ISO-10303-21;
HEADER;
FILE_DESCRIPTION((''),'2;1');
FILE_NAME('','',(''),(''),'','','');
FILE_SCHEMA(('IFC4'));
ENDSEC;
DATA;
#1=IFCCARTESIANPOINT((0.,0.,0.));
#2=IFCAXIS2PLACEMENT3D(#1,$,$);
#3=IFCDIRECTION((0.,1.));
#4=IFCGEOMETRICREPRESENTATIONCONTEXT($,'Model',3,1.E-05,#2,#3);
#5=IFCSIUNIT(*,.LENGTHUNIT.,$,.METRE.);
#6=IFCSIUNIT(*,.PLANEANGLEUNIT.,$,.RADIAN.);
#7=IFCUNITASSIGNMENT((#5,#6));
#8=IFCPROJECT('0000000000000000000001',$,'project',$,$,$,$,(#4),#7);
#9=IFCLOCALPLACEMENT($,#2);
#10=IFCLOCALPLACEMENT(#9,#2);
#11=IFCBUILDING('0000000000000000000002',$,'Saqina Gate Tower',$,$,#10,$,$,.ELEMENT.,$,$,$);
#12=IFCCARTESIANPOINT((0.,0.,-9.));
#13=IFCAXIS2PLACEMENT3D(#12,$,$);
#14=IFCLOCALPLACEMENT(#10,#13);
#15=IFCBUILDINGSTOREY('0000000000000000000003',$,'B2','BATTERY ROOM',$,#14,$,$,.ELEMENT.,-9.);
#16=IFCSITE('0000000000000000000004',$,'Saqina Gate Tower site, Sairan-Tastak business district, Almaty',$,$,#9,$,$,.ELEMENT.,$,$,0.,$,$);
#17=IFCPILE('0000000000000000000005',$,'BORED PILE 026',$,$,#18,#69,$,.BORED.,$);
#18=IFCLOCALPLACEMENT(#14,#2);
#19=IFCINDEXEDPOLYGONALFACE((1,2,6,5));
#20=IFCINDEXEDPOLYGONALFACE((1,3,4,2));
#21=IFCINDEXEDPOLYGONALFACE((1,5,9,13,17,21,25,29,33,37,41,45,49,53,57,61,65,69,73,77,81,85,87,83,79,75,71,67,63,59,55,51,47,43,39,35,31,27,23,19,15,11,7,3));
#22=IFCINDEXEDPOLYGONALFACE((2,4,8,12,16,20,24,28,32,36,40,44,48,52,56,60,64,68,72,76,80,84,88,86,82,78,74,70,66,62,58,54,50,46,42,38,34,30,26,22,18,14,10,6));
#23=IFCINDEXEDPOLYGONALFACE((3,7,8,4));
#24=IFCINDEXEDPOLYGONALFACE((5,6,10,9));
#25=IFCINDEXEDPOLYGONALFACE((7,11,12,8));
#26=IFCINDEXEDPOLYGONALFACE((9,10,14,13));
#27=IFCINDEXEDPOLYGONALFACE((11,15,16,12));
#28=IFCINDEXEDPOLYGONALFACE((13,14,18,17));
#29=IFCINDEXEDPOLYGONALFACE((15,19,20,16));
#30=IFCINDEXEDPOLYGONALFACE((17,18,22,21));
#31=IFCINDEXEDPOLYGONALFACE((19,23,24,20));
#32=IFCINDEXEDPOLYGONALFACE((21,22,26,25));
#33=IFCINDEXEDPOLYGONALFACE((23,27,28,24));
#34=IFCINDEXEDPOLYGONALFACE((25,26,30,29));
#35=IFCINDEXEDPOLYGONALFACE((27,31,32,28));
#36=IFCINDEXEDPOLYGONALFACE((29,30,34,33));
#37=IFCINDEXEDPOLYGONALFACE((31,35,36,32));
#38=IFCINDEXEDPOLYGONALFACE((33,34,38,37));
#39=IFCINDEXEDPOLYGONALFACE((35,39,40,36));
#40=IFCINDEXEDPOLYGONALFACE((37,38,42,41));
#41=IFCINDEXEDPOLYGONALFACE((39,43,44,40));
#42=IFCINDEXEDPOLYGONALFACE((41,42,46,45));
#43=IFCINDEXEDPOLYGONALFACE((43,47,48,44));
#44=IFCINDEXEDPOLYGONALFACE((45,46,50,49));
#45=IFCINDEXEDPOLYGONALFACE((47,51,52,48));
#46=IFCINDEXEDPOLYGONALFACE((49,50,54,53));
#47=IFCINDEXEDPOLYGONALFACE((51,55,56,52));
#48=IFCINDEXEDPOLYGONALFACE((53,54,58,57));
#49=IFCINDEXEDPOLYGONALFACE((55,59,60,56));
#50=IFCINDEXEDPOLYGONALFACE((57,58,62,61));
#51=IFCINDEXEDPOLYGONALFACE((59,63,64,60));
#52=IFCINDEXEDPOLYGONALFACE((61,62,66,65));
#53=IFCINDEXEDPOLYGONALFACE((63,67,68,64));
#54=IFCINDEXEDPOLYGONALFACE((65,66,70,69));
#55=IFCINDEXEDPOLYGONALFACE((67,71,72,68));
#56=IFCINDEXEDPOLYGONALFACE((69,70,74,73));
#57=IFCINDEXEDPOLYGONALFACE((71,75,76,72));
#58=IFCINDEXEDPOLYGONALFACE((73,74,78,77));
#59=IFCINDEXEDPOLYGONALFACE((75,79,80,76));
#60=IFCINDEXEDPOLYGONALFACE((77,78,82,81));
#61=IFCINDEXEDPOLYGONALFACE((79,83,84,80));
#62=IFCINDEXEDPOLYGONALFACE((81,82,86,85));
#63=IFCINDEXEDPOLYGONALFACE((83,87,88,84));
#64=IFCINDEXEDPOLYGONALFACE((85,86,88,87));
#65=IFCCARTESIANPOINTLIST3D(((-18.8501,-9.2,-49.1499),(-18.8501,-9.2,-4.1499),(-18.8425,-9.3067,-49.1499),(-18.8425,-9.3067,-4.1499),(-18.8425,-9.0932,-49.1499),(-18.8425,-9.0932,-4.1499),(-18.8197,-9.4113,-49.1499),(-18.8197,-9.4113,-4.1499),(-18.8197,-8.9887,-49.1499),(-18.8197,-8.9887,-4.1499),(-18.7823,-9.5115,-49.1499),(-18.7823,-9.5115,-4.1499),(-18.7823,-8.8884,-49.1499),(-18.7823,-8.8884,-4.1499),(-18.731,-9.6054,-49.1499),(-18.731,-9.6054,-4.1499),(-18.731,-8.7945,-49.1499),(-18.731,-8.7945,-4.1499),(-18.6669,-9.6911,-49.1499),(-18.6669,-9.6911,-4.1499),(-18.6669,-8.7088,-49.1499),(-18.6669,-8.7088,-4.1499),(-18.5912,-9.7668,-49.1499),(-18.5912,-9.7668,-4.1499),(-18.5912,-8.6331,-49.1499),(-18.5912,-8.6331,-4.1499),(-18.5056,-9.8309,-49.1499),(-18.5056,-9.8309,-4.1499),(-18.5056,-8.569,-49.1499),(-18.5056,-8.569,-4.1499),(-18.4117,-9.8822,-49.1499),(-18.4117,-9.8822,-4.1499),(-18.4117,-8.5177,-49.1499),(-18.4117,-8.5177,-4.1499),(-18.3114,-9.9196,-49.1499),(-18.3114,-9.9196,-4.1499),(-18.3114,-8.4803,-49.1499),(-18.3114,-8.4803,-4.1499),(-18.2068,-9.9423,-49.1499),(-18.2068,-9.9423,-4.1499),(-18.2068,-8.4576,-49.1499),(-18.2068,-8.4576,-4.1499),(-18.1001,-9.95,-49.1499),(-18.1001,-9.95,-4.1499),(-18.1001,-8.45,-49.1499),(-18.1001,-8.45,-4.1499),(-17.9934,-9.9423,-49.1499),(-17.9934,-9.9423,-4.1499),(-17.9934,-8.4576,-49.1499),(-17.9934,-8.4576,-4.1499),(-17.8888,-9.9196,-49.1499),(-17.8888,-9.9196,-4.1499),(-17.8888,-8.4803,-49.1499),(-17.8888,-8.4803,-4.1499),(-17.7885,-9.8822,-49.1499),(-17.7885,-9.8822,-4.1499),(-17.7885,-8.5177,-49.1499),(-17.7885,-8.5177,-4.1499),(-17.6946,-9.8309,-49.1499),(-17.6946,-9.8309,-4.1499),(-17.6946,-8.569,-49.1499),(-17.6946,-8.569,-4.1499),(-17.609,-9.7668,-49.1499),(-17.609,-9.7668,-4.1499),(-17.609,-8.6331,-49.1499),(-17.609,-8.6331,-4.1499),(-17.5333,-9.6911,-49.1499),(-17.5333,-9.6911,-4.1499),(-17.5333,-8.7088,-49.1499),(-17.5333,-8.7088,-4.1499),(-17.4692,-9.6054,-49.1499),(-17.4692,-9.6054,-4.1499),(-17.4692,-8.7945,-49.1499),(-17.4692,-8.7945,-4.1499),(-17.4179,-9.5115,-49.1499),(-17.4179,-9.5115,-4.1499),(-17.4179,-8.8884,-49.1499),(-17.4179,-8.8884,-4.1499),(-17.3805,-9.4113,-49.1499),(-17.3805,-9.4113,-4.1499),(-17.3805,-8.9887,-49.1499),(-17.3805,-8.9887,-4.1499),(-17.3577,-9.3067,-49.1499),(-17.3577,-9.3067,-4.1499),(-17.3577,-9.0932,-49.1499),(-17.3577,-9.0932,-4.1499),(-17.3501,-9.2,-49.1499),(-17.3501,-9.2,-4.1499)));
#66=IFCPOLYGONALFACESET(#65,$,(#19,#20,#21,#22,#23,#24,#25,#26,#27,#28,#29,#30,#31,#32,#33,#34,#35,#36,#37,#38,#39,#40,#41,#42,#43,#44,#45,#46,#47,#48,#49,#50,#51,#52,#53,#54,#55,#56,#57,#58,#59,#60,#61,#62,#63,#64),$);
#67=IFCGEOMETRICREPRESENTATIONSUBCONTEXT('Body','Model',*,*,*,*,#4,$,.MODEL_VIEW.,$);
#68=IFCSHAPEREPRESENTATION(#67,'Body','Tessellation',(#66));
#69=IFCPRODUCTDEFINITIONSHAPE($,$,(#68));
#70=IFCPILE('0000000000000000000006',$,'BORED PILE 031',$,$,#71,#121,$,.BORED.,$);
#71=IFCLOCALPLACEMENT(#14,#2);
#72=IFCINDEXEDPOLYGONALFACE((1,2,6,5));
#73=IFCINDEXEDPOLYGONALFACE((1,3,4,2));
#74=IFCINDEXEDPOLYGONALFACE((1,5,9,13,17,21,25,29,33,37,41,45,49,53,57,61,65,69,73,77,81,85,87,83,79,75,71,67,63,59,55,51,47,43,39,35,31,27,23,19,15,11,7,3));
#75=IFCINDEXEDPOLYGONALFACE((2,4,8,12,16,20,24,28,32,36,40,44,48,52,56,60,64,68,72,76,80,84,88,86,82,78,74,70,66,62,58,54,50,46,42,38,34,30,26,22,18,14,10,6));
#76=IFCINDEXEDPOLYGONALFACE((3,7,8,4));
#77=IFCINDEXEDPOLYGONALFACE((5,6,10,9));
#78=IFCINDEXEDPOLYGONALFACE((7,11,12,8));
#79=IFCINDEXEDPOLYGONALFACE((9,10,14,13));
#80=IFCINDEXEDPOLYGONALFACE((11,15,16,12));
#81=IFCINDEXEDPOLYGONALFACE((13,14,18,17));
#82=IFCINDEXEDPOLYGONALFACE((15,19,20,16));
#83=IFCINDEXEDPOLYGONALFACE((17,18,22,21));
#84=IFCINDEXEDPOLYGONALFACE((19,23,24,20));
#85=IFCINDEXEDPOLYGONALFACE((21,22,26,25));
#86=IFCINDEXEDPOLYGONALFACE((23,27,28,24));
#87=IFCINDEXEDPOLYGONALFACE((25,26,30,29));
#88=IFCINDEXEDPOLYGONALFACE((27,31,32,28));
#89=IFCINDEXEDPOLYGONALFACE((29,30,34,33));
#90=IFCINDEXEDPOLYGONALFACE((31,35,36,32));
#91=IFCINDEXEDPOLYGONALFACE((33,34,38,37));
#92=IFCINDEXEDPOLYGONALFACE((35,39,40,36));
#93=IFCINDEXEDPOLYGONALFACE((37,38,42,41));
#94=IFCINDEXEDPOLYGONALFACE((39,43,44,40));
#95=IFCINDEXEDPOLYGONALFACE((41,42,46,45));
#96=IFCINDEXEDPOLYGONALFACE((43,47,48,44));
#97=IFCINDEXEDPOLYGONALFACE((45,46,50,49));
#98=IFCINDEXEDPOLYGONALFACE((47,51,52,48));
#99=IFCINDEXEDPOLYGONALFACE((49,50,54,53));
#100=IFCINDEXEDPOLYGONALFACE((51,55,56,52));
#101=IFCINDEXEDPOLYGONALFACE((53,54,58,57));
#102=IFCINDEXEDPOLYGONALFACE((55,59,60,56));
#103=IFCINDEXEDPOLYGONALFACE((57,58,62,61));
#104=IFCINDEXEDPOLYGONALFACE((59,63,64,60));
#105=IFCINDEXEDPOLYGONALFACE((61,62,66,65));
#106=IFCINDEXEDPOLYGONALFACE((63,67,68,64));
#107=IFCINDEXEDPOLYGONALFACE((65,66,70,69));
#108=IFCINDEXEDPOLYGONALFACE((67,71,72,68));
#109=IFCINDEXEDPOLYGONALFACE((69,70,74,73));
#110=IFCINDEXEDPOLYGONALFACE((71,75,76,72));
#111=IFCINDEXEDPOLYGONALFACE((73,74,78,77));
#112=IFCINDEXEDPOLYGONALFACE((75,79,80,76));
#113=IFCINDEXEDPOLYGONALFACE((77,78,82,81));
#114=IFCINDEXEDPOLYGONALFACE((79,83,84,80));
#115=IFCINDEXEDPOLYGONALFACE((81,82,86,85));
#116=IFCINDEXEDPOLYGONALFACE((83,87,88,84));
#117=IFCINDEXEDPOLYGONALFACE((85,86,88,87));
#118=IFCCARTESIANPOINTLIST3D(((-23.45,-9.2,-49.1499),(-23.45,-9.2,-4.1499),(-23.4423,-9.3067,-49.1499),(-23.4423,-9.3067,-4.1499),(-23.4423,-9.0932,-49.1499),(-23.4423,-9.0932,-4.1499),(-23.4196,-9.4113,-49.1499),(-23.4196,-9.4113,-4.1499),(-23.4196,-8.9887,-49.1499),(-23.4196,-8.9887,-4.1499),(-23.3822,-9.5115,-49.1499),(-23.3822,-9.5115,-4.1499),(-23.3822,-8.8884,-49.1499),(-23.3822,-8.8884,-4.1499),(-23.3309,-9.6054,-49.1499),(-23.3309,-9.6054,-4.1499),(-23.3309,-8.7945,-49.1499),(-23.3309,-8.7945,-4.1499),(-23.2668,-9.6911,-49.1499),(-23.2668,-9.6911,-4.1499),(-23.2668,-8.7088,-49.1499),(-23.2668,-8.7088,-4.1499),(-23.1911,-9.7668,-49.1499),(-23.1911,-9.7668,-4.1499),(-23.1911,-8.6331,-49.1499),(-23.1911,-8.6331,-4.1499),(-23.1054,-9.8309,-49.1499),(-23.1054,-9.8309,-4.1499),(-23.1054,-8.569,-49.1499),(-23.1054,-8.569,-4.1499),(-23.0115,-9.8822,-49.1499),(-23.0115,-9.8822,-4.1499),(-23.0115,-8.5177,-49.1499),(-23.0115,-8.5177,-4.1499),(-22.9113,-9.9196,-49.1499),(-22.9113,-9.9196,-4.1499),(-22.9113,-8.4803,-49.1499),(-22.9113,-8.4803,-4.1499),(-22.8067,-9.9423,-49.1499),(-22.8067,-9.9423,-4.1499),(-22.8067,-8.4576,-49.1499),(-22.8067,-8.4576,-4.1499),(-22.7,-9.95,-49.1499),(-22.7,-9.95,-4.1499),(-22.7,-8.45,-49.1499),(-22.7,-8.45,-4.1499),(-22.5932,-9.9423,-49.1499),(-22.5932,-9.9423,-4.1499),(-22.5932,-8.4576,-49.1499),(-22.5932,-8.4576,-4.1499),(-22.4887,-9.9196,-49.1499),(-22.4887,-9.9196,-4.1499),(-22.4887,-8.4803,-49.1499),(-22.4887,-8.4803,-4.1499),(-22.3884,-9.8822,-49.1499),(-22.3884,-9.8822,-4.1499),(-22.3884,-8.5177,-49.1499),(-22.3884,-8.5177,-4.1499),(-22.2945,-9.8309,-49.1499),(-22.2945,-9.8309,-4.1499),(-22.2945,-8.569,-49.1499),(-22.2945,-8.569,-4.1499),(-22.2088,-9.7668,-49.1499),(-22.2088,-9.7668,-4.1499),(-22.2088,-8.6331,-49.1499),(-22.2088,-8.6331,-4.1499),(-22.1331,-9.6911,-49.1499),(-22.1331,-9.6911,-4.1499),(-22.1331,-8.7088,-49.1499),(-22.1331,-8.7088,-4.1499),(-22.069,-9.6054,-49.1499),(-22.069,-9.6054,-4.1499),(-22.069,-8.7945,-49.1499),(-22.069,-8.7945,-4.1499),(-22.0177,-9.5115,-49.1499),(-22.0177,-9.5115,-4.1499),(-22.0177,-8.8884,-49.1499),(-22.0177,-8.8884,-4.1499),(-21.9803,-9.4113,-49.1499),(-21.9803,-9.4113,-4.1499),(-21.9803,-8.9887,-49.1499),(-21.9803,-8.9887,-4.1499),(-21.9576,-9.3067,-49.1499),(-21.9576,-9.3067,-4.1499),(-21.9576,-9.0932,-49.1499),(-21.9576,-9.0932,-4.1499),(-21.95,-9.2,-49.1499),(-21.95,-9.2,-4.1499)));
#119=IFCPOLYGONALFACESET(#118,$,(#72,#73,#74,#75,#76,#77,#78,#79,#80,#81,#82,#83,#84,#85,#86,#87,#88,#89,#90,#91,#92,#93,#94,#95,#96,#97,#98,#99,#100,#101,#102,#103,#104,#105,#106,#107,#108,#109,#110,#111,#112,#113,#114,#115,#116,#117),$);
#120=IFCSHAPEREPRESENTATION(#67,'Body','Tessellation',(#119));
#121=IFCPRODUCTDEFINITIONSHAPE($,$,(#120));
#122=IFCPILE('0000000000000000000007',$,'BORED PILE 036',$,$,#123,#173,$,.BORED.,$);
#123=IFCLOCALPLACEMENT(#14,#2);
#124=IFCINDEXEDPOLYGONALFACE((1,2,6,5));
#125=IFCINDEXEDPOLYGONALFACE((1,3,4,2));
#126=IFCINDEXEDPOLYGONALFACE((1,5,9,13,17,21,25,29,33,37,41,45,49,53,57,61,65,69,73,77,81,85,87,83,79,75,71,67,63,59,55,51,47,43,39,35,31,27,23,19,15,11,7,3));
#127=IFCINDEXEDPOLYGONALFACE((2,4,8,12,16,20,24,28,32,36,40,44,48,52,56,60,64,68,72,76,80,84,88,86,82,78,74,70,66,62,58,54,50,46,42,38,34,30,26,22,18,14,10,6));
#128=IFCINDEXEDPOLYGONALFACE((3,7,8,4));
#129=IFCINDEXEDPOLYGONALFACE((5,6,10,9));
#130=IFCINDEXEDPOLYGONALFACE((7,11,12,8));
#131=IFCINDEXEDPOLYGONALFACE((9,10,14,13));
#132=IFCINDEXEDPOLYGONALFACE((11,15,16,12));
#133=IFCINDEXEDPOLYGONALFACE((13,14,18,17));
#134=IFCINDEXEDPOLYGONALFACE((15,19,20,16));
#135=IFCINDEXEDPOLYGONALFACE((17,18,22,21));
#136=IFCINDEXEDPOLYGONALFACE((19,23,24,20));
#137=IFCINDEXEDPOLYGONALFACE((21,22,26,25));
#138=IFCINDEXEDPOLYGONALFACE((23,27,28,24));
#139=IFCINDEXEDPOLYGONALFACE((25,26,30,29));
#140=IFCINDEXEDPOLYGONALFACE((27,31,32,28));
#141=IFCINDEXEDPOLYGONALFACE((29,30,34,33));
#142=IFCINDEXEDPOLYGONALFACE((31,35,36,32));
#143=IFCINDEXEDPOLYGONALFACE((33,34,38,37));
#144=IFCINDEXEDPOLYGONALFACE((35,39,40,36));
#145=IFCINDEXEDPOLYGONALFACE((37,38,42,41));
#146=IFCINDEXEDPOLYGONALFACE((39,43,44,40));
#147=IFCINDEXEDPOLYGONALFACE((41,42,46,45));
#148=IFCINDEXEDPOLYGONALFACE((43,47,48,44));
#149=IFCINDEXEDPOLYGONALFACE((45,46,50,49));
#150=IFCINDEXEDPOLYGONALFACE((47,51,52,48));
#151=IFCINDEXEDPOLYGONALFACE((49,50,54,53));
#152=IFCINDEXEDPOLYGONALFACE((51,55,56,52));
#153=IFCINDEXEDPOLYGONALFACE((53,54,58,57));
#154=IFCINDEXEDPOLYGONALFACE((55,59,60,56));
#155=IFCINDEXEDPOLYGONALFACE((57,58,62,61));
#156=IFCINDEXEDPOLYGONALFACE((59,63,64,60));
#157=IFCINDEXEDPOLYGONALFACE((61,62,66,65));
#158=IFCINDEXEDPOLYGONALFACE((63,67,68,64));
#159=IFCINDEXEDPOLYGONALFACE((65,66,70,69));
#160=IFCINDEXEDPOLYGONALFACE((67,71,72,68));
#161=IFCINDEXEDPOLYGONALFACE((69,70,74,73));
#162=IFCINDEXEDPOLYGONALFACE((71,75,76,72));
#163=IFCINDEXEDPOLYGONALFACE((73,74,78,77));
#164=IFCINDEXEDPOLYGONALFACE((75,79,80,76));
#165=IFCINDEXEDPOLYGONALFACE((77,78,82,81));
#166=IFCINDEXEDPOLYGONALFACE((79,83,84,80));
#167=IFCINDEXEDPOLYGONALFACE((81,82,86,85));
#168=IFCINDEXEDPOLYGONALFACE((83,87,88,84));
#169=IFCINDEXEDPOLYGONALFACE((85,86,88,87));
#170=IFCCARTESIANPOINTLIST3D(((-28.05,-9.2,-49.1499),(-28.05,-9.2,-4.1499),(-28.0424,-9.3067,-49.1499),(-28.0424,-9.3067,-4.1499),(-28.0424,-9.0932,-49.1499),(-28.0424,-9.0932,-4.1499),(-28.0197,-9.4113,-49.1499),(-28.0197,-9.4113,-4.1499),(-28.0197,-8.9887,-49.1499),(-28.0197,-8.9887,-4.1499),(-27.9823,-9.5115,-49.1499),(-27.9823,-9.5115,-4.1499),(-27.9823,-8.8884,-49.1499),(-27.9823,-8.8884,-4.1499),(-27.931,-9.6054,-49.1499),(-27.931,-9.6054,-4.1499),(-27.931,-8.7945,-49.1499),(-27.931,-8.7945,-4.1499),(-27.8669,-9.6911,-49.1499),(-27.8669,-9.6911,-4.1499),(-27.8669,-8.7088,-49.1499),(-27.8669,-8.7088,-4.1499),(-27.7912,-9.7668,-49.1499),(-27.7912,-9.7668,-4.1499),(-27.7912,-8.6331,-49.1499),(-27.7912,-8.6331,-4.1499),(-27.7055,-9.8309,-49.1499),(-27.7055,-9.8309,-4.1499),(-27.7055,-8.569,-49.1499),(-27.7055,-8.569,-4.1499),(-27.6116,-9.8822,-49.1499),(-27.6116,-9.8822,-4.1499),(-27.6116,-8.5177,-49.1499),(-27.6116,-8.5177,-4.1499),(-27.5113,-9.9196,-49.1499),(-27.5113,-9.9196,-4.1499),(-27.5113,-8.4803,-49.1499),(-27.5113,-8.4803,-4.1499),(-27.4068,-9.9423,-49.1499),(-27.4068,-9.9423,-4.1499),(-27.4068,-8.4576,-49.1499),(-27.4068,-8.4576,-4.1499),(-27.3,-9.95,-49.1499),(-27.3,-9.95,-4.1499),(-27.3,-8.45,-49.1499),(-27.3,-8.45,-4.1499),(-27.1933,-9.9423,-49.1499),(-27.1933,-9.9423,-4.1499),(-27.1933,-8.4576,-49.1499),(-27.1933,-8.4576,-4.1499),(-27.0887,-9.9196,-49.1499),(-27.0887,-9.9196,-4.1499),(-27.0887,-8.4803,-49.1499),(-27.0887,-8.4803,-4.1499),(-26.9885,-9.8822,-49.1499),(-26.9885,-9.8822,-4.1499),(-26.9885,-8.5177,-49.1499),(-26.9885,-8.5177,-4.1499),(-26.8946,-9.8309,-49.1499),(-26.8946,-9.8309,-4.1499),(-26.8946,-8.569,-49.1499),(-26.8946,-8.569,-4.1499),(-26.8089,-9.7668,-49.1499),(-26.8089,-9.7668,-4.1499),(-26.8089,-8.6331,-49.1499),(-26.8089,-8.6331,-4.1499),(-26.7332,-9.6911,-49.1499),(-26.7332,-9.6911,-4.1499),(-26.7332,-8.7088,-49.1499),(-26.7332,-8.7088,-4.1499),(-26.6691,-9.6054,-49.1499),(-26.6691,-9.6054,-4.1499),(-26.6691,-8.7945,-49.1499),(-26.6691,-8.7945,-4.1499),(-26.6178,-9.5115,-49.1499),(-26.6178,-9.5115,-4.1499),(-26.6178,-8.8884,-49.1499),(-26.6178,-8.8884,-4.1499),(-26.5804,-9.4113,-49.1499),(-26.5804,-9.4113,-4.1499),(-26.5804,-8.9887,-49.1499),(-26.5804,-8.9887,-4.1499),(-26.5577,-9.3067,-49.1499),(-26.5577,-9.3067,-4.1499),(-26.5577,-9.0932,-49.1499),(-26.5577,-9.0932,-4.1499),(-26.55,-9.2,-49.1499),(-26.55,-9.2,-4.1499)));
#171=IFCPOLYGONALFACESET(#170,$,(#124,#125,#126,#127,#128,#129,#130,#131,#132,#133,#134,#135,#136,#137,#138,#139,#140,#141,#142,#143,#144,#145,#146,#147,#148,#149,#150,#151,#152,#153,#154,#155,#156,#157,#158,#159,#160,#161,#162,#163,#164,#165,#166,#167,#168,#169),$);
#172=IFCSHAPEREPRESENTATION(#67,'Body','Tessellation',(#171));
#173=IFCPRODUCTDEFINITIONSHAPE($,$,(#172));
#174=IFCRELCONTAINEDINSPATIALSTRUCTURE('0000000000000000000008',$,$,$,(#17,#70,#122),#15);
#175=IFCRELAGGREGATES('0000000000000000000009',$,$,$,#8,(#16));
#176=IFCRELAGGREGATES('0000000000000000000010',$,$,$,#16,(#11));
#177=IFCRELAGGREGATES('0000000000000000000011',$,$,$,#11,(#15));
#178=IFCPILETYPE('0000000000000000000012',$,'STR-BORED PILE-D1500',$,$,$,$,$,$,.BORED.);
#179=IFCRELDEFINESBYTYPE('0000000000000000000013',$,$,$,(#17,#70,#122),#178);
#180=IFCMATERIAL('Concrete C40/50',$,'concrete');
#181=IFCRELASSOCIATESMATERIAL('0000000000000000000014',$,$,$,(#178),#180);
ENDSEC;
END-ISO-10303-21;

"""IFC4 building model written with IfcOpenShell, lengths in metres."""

from ifc_helpers import new_model, si_unit, direction, frame, origin, origin_2d, place, context, subcontext, project, spatial, circle, extrude, material, material_profile, profile_set, type_object, element, save


model = new_model("IFC4")

# Units and contexts
model_context = context("Model", 3, precision=1e-05, world=origin(), true_north=direction((0.0, 1.0)))
body_context = subcontext(model_context, "Body", "Model", "MODEL_VIEW")
ifc_project = project(units=[si_unit("LENGTHUNIT", "METRE"), si_unit("PLANEANGLEUNIT", "RADIAN")], contexts=[model_context])

# Site, building, storey
site_placement = place(None, origin())
site = spatial("IfcSite", under=ifc_project, at=site_placement, Name="Saqina Gate Tower site, Sairan-Tastak business district, Almaty", CompositionType="ELEMENT", RefElevation=0.0)
building_placement = place(site_placement, origin())
building = spatial("IfcBuilding", under=site, at=building_placement, Name="Saqina Gate Tower", CompositionType="ELEMENT")
storey_placement = place(building_placement, frame((0.0, 0.0, -9.0)))
storey = spatial("IfcBuildingStorey", under=building, at=storey_placement, Name="B2", Description="BATTERY ROOM", CompositionType="ELEMENT", Elevation=-9.0)

# Piles
ifc_material_1 = material(Name="Concrete C40/50", Category="concrete")
ifc_material_profile_1 = material_profile(ifc_material_1, circle(Radius=0.75, at=origin_2d()), Name="RC D1500")
ifc_profile_set_1 = profile_set([ifc_material_profile_1], Name="Concrete C40/50")
pile_type = type_object("IfcPileType", Name="STR-BORED PILE-D1500", PredefinedType="BORED", material=ifc_profile_set_1)
for number, where, z_axis, x_axis, name in (
    (1, (-18.1001, -9.2, -4.1499), (0.0, 0.0, -1.0), (1.0, 0.0, 0.0), "BORED PILE 026"),
    (2, (-22.7, -9.2, -4.1499), (0.0, 0.0, -1.0), (1.0, 0.0, 0.0), "BORED PILE 031"),
    (3, (-27.3, -9.2, -4.1499), (0.0, 0.0, -1.0), (1.0, 0.0, 0.0), "BORED PILE 036"),
):
    element("IfcPile", number, at=place(storey_placement, frame(where, z_axis=z_axis, x_axis=x_axis)), inside=storey, type_object=pile_type, Name=name, PredefinedType="BORED", context=body_context, shape_type="SweptSolid", body=[
        extrude(circle(Radius=0.75, at=origin_2d()), origin(), (0.0, 0.0, 1.0), 45.0),
    ])

save(model, "model.ifc")
